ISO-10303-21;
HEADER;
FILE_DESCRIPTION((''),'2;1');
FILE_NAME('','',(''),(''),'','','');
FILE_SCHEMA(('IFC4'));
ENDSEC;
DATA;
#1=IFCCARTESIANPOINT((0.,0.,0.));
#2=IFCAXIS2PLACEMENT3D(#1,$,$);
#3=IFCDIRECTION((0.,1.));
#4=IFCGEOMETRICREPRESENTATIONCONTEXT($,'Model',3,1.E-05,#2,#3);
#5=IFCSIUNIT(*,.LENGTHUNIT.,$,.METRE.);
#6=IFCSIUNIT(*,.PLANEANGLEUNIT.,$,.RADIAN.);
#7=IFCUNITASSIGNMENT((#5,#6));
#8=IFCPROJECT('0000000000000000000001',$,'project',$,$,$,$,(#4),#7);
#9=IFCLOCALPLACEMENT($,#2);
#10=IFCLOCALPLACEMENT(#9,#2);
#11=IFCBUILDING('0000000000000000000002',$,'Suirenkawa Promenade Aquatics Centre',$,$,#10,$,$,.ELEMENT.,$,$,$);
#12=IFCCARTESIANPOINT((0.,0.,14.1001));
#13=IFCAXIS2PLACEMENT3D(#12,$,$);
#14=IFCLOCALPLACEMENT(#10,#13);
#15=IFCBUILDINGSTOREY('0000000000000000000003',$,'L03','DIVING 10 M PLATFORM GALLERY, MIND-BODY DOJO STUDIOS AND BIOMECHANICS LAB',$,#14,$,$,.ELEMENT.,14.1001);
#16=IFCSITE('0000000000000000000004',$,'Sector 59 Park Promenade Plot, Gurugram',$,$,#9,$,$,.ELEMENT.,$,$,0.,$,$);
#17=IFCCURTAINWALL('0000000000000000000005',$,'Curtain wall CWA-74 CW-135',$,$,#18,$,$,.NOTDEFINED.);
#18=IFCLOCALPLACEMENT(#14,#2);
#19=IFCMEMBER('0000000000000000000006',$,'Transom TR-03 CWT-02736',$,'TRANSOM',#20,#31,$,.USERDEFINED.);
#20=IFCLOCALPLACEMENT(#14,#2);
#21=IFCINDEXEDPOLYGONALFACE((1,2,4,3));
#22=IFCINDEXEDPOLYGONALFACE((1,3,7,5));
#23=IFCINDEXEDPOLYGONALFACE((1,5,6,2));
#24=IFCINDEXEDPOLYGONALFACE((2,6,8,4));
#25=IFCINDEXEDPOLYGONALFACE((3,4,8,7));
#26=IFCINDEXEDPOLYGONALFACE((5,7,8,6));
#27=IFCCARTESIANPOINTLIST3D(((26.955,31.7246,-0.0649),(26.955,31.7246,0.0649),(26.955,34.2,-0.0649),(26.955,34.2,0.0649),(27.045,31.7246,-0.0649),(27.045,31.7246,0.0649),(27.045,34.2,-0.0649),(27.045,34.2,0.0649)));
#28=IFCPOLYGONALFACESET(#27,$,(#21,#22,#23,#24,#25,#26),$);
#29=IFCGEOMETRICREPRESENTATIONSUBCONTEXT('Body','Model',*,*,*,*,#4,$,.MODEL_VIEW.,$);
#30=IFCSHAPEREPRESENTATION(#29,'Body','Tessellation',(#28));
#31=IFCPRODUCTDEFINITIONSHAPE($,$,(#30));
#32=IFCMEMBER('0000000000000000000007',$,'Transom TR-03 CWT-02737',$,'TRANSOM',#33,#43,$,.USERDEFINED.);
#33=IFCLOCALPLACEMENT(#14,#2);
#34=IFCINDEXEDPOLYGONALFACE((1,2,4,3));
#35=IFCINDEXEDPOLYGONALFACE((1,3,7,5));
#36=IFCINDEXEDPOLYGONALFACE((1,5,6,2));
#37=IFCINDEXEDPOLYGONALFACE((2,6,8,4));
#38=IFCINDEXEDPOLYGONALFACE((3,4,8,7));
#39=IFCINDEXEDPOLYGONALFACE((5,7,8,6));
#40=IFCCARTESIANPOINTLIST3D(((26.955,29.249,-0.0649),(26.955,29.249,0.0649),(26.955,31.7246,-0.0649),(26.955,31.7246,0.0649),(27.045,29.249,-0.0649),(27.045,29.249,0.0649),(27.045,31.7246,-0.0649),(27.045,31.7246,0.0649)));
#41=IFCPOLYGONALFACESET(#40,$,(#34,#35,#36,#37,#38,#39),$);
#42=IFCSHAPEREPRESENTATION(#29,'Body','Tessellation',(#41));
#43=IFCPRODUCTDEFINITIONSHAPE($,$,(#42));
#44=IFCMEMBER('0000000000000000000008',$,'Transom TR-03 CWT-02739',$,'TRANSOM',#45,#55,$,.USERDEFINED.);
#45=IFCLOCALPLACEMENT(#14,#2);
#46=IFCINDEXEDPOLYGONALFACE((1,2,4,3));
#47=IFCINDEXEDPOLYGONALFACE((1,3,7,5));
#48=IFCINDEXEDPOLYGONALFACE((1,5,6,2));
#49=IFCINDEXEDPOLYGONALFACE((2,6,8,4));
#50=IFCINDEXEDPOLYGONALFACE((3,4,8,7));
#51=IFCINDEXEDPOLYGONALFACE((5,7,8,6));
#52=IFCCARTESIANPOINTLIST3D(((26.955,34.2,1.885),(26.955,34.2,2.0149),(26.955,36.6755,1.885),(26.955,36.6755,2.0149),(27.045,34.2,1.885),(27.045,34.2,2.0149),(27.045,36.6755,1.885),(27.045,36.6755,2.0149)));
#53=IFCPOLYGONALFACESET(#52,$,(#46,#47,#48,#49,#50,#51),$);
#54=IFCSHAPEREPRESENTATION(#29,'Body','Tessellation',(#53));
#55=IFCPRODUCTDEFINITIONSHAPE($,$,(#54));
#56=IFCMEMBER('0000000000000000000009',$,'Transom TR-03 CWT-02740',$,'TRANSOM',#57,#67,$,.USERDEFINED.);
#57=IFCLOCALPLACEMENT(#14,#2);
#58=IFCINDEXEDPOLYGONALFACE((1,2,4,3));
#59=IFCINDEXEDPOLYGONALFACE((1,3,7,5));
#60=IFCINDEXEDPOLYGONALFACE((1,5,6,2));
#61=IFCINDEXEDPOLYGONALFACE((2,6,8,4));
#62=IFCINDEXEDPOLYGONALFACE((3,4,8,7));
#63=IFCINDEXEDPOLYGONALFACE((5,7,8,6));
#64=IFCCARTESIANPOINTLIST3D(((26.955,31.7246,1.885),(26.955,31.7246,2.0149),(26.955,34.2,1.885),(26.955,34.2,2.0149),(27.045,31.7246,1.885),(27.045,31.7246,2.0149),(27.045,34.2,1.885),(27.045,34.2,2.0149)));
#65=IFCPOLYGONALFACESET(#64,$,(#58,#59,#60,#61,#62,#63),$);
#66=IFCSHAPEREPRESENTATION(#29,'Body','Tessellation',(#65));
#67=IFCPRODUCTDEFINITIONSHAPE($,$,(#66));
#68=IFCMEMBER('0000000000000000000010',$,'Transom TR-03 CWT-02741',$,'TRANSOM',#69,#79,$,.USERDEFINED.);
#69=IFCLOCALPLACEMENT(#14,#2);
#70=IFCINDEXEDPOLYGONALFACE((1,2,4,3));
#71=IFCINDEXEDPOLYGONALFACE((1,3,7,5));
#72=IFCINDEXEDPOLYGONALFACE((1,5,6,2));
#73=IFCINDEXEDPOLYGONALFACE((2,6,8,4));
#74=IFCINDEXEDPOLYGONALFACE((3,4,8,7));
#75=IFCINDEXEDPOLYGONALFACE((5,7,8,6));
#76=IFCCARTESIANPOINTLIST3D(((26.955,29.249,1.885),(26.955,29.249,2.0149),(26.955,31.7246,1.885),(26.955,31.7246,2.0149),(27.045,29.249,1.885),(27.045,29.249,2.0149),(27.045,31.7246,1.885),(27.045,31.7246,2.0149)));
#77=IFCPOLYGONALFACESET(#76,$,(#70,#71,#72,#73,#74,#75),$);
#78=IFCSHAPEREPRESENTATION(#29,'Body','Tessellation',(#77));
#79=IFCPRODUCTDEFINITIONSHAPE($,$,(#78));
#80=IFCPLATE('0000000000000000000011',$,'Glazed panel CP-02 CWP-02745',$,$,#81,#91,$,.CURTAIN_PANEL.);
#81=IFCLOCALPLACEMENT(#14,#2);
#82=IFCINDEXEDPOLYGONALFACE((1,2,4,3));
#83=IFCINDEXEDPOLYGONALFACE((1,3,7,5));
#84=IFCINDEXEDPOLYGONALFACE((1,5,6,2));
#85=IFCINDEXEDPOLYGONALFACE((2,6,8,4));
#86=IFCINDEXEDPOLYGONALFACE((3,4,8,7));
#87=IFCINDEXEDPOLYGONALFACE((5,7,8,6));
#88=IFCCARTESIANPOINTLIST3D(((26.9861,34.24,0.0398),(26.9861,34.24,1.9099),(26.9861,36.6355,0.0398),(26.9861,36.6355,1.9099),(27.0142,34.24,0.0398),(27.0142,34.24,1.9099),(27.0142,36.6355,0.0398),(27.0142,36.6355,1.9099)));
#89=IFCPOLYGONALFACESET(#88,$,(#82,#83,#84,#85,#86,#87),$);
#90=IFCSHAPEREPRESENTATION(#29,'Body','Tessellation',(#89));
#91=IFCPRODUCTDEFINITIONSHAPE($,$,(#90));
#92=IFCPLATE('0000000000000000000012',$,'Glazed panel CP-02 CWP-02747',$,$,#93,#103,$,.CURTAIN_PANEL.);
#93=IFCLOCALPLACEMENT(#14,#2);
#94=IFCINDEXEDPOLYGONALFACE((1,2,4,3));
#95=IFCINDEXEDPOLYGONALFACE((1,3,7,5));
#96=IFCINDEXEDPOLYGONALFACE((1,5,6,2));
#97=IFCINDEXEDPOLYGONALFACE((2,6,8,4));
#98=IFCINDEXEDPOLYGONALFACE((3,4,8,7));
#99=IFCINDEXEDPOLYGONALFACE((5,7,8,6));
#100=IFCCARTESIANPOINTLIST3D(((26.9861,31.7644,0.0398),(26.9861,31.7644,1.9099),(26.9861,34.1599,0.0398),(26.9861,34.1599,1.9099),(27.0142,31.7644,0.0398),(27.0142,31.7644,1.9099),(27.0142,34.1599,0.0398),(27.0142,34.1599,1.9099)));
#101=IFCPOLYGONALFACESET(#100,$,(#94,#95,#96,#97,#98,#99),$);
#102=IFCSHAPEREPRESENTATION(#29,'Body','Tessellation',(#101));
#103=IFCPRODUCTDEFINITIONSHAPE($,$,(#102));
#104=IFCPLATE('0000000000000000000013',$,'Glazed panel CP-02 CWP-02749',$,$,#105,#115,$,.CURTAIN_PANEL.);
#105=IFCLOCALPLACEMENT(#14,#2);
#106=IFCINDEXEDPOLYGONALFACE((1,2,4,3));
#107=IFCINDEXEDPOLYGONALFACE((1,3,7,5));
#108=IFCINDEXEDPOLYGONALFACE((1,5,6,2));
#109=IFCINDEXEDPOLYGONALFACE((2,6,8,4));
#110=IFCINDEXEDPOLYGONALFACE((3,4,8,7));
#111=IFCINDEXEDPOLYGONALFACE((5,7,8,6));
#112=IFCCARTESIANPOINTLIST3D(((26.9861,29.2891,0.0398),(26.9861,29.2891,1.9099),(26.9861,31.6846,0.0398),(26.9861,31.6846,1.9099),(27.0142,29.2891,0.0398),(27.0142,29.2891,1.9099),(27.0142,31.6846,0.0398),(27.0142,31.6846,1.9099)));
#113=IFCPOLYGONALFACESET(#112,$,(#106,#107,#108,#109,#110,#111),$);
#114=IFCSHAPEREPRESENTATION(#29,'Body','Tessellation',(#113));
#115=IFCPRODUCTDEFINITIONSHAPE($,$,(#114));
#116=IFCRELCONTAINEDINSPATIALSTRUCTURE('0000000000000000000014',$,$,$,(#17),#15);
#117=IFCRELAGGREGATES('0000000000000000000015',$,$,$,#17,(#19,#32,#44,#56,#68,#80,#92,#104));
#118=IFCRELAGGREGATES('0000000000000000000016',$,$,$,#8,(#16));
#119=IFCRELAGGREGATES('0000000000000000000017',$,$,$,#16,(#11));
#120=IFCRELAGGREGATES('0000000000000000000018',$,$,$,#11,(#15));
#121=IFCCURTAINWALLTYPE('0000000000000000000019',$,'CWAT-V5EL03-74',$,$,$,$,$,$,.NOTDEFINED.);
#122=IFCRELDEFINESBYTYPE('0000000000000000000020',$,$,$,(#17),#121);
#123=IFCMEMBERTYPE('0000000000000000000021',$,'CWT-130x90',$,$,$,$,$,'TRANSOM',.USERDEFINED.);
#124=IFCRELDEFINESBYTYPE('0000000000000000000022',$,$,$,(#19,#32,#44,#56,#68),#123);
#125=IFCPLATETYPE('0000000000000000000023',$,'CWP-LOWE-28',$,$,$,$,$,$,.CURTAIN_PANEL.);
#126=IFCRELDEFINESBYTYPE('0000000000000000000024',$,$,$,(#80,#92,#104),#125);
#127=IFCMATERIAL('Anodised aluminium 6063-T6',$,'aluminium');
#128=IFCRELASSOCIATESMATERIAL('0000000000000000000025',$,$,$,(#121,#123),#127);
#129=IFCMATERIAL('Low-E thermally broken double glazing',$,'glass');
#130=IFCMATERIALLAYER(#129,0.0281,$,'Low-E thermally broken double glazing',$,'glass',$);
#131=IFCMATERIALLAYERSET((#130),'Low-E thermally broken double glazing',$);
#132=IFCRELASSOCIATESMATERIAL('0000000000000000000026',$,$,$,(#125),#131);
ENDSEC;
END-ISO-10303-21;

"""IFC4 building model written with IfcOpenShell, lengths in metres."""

from ifc_helpers import new_model, si_unit, direction, frame, origin, origin_2d, place, context, subcontext, project, spatial, polyline, rectangle, outline, extrude, material, layer, layer_set, material_profile, profile_set, type_object, element, aggregate, save


model = new_model("IFC4")

# Units and contexts
model_context = context("Model", 3, precision=1e-05, world=origin(), true_north=direction((0.0, 1.0)))
body_context = subcontext(model_context, "Body", "Model", "MODEL_VIEW")
ifc_project = project(units=[si_unit("LENGTHUNIT", "METRE"), si_unit("PLANEANGLEUNIT", "RADIAN")], contexts=[model_context])

# Site, building, storey
site_placement = place(None, origin())
site = spatial("IfcSite", under=ifc_project, at=site_placement, Name="Sector 59 Park Promenade Plot, Gurugram", CompositionType="ELEMENT", RefElevation=0.0)
building_placement = place(site_placement, origin())
building = spatial("IfcBuilding", under=site, at=building_placement, Name="Suirenkawa Promenade Aquatics Centre", CompositionType="ELEMENT")
storey_placement = place(building_placement, frame((0.0, 0.0, 14.1001)))
storey = spatial("IfcBuildingStorey", under=building, at=storey_placement, Name="L03", Description="DIVING 10 M PLATFORM GALLERY, MIND-BODY DOJO STUDIOS AND BIOMECHANICS LAB", CompositionType="ELEMENT", Elevation=14.1001)

# Curtain wall, members, plates
ifc_material_1 = material(Name="Anodised aluminium 6063-T6", Category="aluminium")
curtain_wall_type = type_object("IfcCurtainWallType", Name="CWAT-V5EL03-74", PredefinedType="NOTDEFINED", material=ifc_material_1)
curtain_wall_placement = place(storey_placement, origin())
curtain_wall = element("IfcCurtainWall", 1, at=curtain_wall_placement, inside=storey, type_object=curtain_wall_type, Name="Curtain wall CWA-74 CW-135", PredefinedType="NOTDEFINED")
ifc_material_profile_1 = material_profile(ifc_material_1, rectangle(XDim=0.0901, YDim=0.1299, at=origin_2d()), Name="ALU TRAN 90x130", Category="aluminium")
ifc_profile_set_1 = profile_set([ifc_material_profile_1], Name="Anodised aluminium 6063-T6")
member_type_1 = type_object("IfcMemberType", Name="CWT-130x90", ElementType="TRANSOM", PredefinedType="USERDEFINED", material=ifc_profile_set_1)
member_1_placement = place(storey_placement, frame((27.0, 34.2, 0.0), z_axis=(0.0, -1.0, 0.0), x_axis=(1.0, 0.0, 0.0)))
member_1 = element("IfcMember", 2, at=member_1_placement, type_object=member_type_1, Name="Transom TR-03 CWT-02736", ObjectType="TRANSOM", PredefinedType="USERDEFINED", context=body_context, shape_type="SweptSolid", body=[
    extrude(rectangle(XDim=0.0901, YDim=0.1299, at=origin_2d()), origin(), (0.0, 0.0, 1.0), 2.4753),
])
member_2_placement = place(storey_placement, frame((27.0, 31.7246, 0.0), z_axis=(0.0, -1.0, 0.0), x_axis=(1.0, 0.0, 0.0)))
member_2 = element("IfcMember", 3, at=member_2_placement, type_object=member_type_1, Name="Transom TR-03 CWT-02737", ObjectType="TRANSOM", PredefinedType="USERDEFINED", context=body_context, shape_type="SweptSolid", body=[
    extrude(rectangle(XDim=0.0901, YDim=0.1299, at=origin_2d()), origin(), (0.0, 0.0, 1.0), 2.4756),
])
member_3_placement = place(storey_placement, frame((27.0, 36.6755, 1.95), z_axis=(0.0, -1.0, 0.0), x_axis=(1.0, 0.0, 0.0)))
member_3 = element("IfcMember", 4, at=member_3_placement, type_object=member_type_1, Name="Transom TR-03 CWT-02739", ObjectType="TRANSOM", PredefinedType="USERDEFINED", context=body_context, shape_type="SweptSolid", body=[
    extrude(rectangle(XDim=0.0901, YDim=0.1299, at=origin_2d()), origin(), (0.0, 0.0, 1.0), 2.4756),
])
member_4_placement = place(storey_placement, frame((27.0, 34.2, 1.95), z_axis=(0.0, -1.0, 0.0), x_axis=(1.0, 0.0, 0.0)))
member_4 = element("IfcMember", 5, at=member_4_placement, type_object=member_type_1, Name="Transom TR-03 CWT-02740", ObjectType="TRANSOM", PredefinedType="USERDEFINED", context=body_context, shape_type="SweptSolid", body=[
    extrude(rectangle(XDim=0.0901, YDim=0.1299, at=origin_2d()), origin(), (0.0, 0.0, 1.0), 2.4753),
])
member_5_placement = place(storey_placement, frame((27.0, 31.7246, 1.95), z_axis=(0.0, -1.0, 0.0), x_axis=(1.0, 0.0, 0.0)))
member_5 = element("IfcMember", 6, at=member_5_placement, type_object=member_type_1, Name="Transom TR-03 CWT-02741", ObjectType="TRANSOM", PredefinedType="USERDEFINED", context=body_context, shape_type="SweptSolid", body=[
    extrude(rectangle(XDim=0.0901, YDim=0.1299, at=origin_2d()), origin(), (0.0, 0.0, 1.0), 2.4756),
])
ifc_material_2 = material(Name="Low-E thermally broken double glazing", Category="glass")
ifc_layer = layer(ifc_material_2, 0.0281, Name="Low-E thermally broken double glazing", Category="glass")
ifc_layer_set = layer_set([ifc_layer], Name="Low-E thermally broken double glazing")
plate_type = type_object("IfcPlateType", Name="CWP-LOWE-28", PredefinedType="CURTAIN_PANEL", material=ifc_layer_set)
plate_1_placement = place(storey_placement, frame((27.0, 36.6755, 0.0398), z_axis=(0.0, 0.0, 1.0), x_axis=(0.0, -1.0, 0.0)))
plate_1 = element("IfcPlate", 7, at=plate_1_placement, type_object=plate_type, Name="Glazed panel CP-02 CWP-02745", PredefinedType="CURTAIN_PANEL", context=body_context, shape_type="SweptSolid", body=[
    extrude(outline(polyline([(0.04, 0.0), (2.4355, 0.0), (2.4355, 1.8701), (0.04, 1.8701), (0.04, 0.0)])), frame((0.0, 0.0142, 0.0), z_axis=(0.0, -1.0, 0.0), x_axis=(1.0, 0.0, 0.0)), (0.0, 0.0, 1.0), 0.0281),
])
plate_2_placement = place(storey_placement, frame((27.0, 34.2, 0.0398), z_axis=(0.0, 0.0, 1.0), x_axis=(0.0, -1.0, 0.0)))
plate_2 = element("IfcPlate", 8, at=plate_2_placement, type_object=plate_type, Name="Glazed panel CP-02 CWP-02747", PredefinedType="CURTAIN_PANEL", context=body_context, shape_type="SweptSolid", body=[
    extrude(outline(polyline([(0.04, 0.0), (2.4355, 0.0), (2.4355, 1.8701), (0.04, 1.8701), (0.04, 0.0)])), frame((0.0, 0.0142, 0.0), z_axis=(0.0, -1.0, 0.0), x_axis=(1.0, 0.0, 0.0)), (0.0, 0.0, 1.0), 0.0281),
])
plate_3_placement = place(storey_placement, frame((27.0, 31.7246, 0.0398), z_axis=(0.0, 0.0, 1.0), x_axis=(0.0, -1.0, 0.0)))
plate_3 = element("IfcPlate", 9, at=plate_3_placement, type_object=plate_type, Name="Glazed panel CP-02 CWP-02749", PredefinedType="CURTAIN_PANEL", context=body_context, shape_type="SweptSolid", body=[
    extrude(outline(polyline([(0.04, 0.0), (2.4355, 0.0), (2.4355, 1.8701), (0.04, 1.8701), (0.04, 0.0)])), frame((0.0, 0.0142, 0.0), z_axis=(0.0, -1.0, 0.0), x_axis=(1.0, 0.0, 0.0)), (0.0, 0.0, 1.0), 0.0281),
])
aggregate(curtain_wall, [member_1, member_2, member_3, member_4, member_5, plate_1, plate_2, plate_3])

save(model, "model.ifc")
